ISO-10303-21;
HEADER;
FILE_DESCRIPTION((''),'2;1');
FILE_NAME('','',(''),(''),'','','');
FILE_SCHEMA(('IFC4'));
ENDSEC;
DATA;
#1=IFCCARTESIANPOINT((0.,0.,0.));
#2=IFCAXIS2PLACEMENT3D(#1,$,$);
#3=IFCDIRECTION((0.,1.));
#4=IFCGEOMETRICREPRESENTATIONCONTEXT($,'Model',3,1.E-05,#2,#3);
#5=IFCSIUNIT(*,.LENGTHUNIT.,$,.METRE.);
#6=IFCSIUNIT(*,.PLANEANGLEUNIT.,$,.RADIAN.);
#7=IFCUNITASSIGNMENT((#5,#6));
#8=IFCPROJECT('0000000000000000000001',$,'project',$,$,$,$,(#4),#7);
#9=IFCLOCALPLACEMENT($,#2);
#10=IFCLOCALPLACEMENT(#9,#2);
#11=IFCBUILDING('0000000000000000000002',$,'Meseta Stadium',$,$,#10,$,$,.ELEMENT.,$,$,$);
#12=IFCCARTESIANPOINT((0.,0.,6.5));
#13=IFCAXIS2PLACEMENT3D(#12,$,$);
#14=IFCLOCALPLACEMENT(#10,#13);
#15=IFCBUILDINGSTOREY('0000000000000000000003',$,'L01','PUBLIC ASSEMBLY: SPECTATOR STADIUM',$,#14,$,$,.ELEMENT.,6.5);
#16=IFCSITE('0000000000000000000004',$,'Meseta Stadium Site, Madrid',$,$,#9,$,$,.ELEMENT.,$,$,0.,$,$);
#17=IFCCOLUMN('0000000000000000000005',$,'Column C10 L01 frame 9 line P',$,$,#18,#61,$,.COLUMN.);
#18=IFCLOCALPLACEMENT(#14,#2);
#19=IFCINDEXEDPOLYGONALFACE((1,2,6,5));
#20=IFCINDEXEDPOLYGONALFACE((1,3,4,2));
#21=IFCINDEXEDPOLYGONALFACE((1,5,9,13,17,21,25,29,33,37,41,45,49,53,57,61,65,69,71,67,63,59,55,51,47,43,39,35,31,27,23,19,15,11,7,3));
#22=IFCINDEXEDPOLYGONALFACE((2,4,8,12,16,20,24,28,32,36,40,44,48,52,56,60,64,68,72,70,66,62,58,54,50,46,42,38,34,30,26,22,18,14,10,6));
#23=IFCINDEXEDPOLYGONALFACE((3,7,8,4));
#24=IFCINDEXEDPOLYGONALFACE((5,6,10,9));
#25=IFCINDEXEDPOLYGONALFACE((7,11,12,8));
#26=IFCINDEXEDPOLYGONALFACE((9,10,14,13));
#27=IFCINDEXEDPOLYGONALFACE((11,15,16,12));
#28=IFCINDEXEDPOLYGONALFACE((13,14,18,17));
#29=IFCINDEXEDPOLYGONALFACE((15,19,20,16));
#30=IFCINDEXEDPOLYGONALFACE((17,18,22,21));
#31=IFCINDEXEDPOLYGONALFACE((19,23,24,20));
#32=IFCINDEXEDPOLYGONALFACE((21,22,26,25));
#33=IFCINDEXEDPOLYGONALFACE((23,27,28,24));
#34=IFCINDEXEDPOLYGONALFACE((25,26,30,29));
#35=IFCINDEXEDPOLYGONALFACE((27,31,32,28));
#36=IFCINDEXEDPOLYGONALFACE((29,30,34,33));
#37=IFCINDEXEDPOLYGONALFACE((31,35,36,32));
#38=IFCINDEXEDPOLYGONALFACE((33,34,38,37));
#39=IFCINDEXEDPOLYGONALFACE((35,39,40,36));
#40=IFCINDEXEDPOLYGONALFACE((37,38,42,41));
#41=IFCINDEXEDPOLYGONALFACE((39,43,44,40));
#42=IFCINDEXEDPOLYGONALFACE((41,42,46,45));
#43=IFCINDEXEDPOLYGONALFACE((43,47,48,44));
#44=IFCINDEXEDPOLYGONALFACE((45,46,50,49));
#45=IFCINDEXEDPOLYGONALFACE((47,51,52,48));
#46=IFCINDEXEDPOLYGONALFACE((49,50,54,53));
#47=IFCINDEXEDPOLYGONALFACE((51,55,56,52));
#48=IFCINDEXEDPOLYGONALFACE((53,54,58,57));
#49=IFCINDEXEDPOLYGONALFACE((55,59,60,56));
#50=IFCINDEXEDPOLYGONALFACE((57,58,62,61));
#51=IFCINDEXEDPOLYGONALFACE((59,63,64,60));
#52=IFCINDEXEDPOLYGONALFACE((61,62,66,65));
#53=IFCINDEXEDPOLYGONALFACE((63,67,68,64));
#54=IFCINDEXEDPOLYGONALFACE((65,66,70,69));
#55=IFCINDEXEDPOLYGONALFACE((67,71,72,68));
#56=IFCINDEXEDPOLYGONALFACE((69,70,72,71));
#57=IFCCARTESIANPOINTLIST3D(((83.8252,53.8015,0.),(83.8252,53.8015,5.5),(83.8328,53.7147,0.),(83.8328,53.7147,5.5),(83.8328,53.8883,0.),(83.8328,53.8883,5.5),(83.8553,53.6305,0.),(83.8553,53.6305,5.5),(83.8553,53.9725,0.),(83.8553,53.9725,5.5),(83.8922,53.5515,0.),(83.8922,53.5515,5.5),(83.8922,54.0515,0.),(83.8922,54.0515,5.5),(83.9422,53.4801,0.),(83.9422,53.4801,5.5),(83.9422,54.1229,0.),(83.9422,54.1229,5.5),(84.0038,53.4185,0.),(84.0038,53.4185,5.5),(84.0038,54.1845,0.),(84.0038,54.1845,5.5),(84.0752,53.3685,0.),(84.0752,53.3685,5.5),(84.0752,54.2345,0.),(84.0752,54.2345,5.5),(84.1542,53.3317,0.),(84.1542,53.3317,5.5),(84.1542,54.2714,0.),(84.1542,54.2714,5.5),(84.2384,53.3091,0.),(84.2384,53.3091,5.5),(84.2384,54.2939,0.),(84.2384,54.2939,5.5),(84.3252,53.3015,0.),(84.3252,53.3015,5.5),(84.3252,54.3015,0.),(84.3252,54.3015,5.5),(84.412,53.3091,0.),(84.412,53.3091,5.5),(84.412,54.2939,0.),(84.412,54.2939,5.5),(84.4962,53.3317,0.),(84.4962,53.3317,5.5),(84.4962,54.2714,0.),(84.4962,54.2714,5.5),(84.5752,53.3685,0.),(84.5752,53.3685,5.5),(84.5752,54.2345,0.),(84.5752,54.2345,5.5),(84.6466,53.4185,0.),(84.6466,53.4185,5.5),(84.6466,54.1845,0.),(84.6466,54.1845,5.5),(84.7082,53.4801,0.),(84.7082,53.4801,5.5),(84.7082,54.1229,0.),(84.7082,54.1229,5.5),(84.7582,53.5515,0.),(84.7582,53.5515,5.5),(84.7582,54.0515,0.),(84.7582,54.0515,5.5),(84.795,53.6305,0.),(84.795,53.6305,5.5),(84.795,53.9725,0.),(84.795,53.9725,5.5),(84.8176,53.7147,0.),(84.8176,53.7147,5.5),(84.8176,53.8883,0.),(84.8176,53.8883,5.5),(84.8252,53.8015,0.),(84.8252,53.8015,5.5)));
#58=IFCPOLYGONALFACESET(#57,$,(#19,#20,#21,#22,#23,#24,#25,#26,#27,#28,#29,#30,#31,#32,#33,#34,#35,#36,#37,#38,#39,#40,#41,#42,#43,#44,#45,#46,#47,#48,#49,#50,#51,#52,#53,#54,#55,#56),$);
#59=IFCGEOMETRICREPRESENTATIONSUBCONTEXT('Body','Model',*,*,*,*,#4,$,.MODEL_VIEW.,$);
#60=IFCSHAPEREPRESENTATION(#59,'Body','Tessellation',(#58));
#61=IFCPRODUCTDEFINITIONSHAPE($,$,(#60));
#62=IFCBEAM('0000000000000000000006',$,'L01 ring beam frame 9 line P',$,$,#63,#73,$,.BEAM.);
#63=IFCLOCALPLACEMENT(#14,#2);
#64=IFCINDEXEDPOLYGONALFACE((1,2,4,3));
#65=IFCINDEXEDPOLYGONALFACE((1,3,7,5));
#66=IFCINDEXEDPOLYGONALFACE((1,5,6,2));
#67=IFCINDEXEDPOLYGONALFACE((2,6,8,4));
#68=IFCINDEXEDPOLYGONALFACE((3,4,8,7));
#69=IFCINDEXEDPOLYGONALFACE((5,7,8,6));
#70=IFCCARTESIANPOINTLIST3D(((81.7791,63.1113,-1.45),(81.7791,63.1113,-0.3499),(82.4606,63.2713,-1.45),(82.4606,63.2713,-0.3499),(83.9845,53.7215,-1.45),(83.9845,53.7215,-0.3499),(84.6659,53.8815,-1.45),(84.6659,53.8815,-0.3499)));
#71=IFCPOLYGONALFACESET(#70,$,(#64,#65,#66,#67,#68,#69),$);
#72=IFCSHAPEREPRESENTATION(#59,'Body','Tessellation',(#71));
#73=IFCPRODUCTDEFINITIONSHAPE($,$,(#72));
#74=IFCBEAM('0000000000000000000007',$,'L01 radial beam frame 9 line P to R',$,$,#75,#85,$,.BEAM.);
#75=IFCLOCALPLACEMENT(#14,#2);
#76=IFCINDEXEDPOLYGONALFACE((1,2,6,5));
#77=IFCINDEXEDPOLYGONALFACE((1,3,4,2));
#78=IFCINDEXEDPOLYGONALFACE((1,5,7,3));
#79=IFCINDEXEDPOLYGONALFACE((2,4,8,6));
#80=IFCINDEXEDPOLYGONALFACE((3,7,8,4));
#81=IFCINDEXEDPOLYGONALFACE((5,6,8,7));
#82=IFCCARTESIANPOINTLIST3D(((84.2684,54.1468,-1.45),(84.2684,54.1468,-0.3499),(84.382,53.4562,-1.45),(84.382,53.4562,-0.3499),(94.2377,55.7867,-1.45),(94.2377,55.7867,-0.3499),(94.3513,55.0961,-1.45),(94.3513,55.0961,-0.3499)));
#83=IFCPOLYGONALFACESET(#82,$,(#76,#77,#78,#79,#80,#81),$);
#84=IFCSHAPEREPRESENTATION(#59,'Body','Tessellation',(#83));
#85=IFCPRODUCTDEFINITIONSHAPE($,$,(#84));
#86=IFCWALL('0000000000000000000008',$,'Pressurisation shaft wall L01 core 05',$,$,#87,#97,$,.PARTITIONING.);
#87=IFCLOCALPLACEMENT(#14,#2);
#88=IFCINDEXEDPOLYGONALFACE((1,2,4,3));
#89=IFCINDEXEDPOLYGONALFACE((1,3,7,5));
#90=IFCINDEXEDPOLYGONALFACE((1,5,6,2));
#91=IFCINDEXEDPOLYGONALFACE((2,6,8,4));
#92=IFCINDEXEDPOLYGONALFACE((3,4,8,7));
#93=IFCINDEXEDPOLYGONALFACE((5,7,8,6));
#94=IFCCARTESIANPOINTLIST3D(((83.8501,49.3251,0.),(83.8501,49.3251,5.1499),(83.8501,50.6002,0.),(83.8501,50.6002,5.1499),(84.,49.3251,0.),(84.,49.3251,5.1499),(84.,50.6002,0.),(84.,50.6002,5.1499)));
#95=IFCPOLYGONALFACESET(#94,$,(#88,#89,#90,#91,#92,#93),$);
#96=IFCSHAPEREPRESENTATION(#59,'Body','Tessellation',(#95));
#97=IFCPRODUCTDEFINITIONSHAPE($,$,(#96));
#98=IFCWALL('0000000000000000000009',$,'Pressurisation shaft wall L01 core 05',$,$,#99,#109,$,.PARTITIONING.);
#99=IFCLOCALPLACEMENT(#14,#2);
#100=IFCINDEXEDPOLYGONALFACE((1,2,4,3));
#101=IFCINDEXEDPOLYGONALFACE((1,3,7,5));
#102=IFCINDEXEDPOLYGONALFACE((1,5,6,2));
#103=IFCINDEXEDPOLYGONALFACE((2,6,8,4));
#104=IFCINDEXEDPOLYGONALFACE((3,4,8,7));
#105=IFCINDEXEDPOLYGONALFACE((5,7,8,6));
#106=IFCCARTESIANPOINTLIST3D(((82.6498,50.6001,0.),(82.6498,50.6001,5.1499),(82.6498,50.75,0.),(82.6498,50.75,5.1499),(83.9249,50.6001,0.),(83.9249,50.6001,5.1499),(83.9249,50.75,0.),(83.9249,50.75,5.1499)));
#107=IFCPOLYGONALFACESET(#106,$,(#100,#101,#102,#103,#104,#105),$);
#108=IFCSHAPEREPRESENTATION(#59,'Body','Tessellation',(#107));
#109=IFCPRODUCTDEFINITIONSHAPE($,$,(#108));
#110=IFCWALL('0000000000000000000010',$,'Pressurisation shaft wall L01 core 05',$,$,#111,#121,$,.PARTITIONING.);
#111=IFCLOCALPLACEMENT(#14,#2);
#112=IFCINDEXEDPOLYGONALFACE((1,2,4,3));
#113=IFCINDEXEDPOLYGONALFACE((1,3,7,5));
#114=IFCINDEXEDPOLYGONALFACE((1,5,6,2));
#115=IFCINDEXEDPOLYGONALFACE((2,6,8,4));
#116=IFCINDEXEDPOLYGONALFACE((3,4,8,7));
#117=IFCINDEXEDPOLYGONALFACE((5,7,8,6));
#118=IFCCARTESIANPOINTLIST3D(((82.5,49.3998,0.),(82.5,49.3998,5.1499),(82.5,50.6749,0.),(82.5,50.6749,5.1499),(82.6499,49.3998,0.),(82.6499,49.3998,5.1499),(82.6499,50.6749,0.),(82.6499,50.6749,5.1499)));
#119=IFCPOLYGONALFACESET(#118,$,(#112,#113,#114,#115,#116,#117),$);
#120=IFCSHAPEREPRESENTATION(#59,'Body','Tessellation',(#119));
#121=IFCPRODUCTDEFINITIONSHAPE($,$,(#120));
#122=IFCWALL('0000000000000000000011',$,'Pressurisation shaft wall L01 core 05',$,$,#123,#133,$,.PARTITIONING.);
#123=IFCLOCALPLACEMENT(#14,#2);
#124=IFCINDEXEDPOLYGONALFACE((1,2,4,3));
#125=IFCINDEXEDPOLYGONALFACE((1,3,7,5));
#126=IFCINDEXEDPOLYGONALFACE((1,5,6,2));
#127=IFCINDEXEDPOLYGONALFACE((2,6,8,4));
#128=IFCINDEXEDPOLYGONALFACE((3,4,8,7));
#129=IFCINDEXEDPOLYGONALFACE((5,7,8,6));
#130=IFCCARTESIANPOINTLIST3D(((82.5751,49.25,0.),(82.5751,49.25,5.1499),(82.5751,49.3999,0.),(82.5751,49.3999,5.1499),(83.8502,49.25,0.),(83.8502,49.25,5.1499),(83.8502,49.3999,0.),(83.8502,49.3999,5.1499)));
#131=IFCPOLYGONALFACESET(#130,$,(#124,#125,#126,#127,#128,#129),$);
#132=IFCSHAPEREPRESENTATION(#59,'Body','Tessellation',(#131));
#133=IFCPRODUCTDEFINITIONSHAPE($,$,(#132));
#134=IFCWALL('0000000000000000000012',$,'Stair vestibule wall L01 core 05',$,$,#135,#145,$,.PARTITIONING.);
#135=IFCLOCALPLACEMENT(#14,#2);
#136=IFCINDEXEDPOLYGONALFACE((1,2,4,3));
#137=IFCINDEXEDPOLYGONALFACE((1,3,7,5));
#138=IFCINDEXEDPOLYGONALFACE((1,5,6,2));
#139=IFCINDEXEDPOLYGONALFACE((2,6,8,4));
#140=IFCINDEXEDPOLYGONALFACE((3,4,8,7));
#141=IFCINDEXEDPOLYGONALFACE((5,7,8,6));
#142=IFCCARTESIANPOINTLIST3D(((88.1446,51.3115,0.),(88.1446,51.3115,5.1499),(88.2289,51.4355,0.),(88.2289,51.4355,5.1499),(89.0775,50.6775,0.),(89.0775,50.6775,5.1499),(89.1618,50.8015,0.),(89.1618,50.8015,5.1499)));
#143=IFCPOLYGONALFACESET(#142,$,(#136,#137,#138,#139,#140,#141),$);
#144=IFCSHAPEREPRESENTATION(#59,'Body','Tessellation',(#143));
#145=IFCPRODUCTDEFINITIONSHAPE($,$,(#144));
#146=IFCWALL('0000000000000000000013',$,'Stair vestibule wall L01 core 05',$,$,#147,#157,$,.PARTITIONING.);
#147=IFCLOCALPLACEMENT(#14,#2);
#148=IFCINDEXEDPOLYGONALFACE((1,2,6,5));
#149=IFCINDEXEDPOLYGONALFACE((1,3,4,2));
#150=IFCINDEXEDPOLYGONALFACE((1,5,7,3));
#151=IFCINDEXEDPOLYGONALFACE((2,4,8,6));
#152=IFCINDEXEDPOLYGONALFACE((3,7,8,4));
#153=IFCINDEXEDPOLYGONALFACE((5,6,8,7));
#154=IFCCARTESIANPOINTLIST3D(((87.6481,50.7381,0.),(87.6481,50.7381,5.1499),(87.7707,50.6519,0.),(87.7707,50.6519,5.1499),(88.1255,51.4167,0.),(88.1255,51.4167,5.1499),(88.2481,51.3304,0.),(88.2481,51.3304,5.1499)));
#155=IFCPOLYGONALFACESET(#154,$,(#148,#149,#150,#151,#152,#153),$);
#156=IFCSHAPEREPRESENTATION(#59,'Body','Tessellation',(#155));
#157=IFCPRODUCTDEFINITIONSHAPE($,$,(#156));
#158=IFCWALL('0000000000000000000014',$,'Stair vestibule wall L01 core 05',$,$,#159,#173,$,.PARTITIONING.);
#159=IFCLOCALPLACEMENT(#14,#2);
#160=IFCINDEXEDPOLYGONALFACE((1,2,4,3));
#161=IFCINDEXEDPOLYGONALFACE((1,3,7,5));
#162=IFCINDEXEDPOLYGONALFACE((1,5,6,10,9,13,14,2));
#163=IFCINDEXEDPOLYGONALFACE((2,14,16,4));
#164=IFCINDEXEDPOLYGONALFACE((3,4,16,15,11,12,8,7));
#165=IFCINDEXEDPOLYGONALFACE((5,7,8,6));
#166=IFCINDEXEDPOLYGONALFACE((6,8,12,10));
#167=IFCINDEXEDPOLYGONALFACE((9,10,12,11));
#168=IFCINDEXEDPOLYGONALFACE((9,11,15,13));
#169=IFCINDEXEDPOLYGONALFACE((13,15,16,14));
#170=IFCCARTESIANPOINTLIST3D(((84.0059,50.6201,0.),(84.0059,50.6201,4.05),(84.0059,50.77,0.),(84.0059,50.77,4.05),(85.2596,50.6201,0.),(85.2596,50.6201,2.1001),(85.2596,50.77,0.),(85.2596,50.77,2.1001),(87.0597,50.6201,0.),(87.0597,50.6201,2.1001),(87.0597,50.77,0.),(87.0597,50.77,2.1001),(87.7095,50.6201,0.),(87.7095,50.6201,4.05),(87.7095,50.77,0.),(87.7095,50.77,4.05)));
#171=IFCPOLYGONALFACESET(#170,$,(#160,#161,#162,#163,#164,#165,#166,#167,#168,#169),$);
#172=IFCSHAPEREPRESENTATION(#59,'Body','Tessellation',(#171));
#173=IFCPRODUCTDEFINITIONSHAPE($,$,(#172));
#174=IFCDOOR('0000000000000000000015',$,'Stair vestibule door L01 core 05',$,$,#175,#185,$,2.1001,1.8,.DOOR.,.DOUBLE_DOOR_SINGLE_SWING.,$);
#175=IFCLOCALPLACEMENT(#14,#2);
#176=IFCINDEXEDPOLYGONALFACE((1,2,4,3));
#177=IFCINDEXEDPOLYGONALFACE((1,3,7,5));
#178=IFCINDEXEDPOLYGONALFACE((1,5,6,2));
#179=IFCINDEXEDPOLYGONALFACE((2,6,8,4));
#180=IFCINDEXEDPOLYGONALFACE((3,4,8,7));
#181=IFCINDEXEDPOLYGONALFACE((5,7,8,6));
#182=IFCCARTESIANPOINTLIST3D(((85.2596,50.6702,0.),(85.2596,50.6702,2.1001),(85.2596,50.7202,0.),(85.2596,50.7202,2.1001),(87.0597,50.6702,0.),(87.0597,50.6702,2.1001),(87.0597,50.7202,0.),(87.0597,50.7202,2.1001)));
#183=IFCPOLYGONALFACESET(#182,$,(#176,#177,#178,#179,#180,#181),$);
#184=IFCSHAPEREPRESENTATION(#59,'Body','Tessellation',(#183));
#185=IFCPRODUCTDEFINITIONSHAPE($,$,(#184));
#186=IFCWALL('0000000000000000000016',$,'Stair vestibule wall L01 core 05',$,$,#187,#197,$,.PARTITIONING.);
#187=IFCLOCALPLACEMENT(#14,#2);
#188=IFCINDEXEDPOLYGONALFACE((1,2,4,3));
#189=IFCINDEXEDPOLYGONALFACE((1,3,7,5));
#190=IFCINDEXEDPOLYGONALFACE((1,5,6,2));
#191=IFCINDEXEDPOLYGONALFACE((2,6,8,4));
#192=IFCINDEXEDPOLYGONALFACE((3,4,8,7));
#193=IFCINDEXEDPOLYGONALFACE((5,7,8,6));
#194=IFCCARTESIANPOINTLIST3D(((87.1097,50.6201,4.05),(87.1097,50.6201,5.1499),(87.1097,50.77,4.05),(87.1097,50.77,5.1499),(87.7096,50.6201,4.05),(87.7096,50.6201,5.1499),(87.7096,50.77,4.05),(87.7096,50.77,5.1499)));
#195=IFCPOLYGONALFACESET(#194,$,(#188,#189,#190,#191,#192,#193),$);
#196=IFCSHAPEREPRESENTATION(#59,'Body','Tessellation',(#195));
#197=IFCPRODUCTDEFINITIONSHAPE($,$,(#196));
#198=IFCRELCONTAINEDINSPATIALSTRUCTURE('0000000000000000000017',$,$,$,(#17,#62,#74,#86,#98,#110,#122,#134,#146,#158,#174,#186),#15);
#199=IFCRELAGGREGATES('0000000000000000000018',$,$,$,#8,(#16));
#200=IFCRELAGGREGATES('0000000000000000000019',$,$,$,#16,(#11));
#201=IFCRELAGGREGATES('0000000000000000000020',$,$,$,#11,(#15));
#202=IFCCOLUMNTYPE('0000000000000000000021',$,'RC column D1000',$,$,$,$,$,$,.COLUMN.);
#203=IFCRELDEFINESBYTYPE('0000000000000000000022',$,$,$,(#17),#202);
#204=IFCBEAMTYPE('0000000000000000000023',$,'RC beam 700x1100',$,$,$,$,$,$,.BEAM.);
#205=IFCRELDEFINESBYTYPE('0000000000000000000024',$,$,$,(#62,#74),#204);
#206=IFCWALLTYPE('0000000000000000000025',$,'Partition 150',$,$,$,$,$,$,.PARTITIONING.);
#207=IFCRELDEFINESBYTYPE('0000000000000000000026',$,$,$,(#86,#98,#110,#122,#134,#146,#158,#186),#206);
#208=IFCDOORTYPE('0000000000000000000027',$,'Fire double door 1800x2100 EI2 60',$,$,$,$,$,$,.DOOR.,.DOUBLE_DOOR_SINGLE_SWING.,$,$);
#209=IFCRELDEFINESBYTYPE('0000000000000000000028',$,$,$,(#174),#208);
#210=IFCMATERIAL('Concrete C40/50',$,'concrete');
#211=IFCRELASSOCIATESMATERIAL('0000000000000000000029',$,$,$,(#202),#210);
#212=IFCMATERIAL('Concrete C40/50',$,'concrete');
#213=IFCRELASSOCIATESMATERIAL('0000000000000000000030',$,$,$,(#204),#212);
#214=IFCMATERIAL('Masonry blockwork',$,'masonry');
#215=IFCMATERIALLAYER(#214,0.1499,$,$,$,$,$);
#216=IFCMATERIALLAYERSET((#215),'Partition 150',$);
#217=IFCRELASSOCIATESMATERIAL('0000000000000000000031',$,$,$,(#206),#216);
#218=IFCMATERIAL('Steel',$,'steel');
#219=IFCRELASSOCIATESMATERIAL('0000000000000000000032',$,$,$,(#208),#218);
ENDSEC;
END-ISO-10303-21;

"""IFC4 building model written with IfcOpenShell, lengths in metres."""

from ifc_helpers import new_model, si_unit, direction, frame, frame_2d, origin, origin_2d, place, context, subcontext, project, spatial, rectangle, circle, extrude, material, layer, layer_set, material_profile, profile_set, type_object, element, fill, save


model = new_model("IFC4")

# Units and contexts
model_context = context("Model", 3, precision=1e-05, world=origin(), true_north=direction((0.0, 1.0)))
body_context = subcontext(model_context, "Body", "Model", "MODEL_VIEW")
ifc_project = project(units=[si_unit("LENGTHUNIT", "METRE"), si_unit("PLANEANGLEUNIT", "RADIAN")], contexts=[model_context])

# Site, building, storey
site_placement = place(None, origin())
site = spatial("IfcSite", under=ifc_project, at=site_placement, Name="Meseta Stadium Site, Madrid", CompositionType="ELEMENT", RefElevation=0.0)
building_placement = place(site_placement, origin())
building = spatial("IfcBuilding", under=site, at=building_placement, Name="Meseta Stadium", CompositionType="ELEMENT")
storey_placement = place(building_placement, frame((0.0, 0.0, 6.5)))
storey = spatial("IfcBuildingStorey", under=building, at=storey_placement, Name="L01", Description="PUBLIC ASSEMBLY: SPECTATOR STADIUM", CompositionType="ELEMENT", Elevation=6.5)

# Column
ifc_material_1 = material(Name="Concrete C40/50", Category="concrete")
ifc_material_profile_1 = material_profile(ifc_material_1, circle(Radius=0.5, at=origin_2d()), Name="RC D1000")
ifc_profile_set_1 = profile_set([ifc_material_profile_1], Name="Concrete C40/50")
column_type = type_object("IfcColumnType", Name="RC column D1000", PredefinedType="COLUMN", material=ifc_profile_set_1)
column_placement = place(storey_placement, frame((84.3252, 53.8015, 0.0), z_axis=(0.0, 0.0, 1.0), x_axis=(1.0, 0.0, 0.0)))
element("IfcColumn", 1, at=column_placement, inside=storey, type_object=column_type, Name="Column C10 L01 frame 9 line P", PredefinedType="COLUMN", context=body_context, shape_type="SweptSolid", body=[
    extrude(circle(Radius=0.5, at=origin_2d()), origin(), (0.0, 0.0, 1.0), 5.5),
])

# Beams
ifc_material_2 = material(Name="Concrete C40/50", Category="concrete")
ifc_material_profile_2 = material_profile(ifc_material_2, rectangle(XDim=0.7, YDim=1.1001, at=origin_2d()), Name="RC 700x1100")
ifc_profile_set_2 = profile_set([ifc_material_profile_2], Name="Concrete C40/50")
beam_type = type_object("IfcBeamType", Name="RC beam 700x1100", PredefinedType="BEAM", material=ifc_profile_set_2)
beam_1_placement = place(storey_placement, frame((84.3252, 53.8015, -0.8999), z_axis=(-0.228646, 0.97351, 0.0), x_axis=(-0.97351, -0.228646, 0.0)))
element("IfcBeam", 2, at=beam_1_placement, inside=storey, type_object=beam_type, Name="L01 ring beam frame 9 line P", PredefinedType="BEAM", context=body_context, shape_type="SweptSolid", body=[
    extrude(rectangle(XDim=0.7, YDim=1.1001, at=origin_2d()), origin(), (0.0, 0.0, 1.0), 9.6453),
])
beam_2_placement = place(storey_placement, frame((84.3252, 53.8015, -0.8999), z_axis=(0.986739, 0.162314, 0.0), x_axis=(-0.162314, 0.986739, 0.0)))
element("IfcBeam", 3, at=beam_2_placement, inside=storey, type_object=beam_type, Name="L01 radial beam frame 9 line P to R", PredefinedType="BEAM", context=body_context, shape_type="SweptSolid", body=[
    extrude(rectangle(XDim=0.7, YDim=1.1001, at=origin_2d()), origin(), (0.0, 0.0, 1.0), 10.1033),
])

# Walls
ifc_material_3 = material(Name="Masonry blockwork", Category="masonry")
ifc_layer = layer(ifc_material_3, 0.1499)
ifc_layer_set = layer_set([ifc_layer], Name="Partition 150")
wall_type = type_object("IfcWallType", Name="Partition 150", PredefinedType="PARTITIONING", material=ifc_layer_set)
for number, where, z_axis, x_axis, name in (
    (4, (83.925, 49.325, 0.0), (0.0, 0.0, 1.0), (0.0, 1.0, 0.0), "Pressurisation shaft wall L01 core 05"),
    (5, (83.925, 50.675, 0.0), (0.0, 0.0, 1.0), (-1.0, 0.0, 0.0), "Pressurisation shaft wall L01 core 05"),
    (6, (82.575, 50.675, 0.0), (0.0, 0.0, 1.0), (0.0, -1.0, 0.0), "Pressurisation shaft wall L01 core 05"),
    (7, (82.575, 49.325, 0.0), (0.0, 0.0, 1.0), (1.0, 0.0, 0.0), "Pressurisation shaft wall L01 core 05"),
):
    element("IfcWall", number, at=place(storey_placement, frame(where, z_axis=z_axis, x_axis=x_axis)), inside=storey, type_object=wall_type, Name=name, PredefinedType="PARTITIONING", context=body_context, shape_type="SweptSolid", body=[
        extrude(rectangle(XDim=1.2751, YDim=0.1499, at=frame_2d((0.6377, 0.0))), origin(), (0.0, 0.0, 1.0), 5.1499),
    ])
wall_1_placement = place(storey_placement, frame((89.1196, 50.7395, 0.0), z_axis=(0.0, 0.0, 1.0), x_axis=(-0.827055, 0.562121, 0.0)))
element("IfcWall", 8, at=wall_1_placement, inside=storey, type_object=wall_type, Name="Stair vestibule wall L01 core 05", PredefinedType="PARTITIONING", context=body_context, shape_type="SweptSolid", body=[
    extrude(rectangle(XDim=1.1279, YDim=0.1499, at=frame_2d((0.564, 0.0))), origin(), (0.0, 0.0, 1.0), 5.1499),
])
wall_2_placement = place(storey_placement, frame((88.1868, 51.3735, 0.0), z_axis=(0.0, 0.0, 1.0), x_axis=(-0.575377, -0.817888, 0.0)))
element("IfcWall", 9, at=wall_2_placement, inside=storey, type_object=wall_type, Name="Stair vestibule wall L01 core 05", PredefinedType="PARTITIONING", context=body_context, shape_type="SweptSolid", body=[
    extrude(rectangle(XDim=0.8296, YDim=0.1499, at=frame_2d((0.4148, 0.0))), origin(), (0.0, 0.0, 1.0), 5.1499),
])

# Wall, opening, door
wall_3_placement = place(storey_placement, frame((87.7095, 50.6951, 0.0), z_axis=(0.0, 0.0, 1.0), x_axis=(-1.0, 0.0, 0.0)))
wall_3 = element("IfcWall", 10, at=wall_3_placement, inside=storey, type_object=wall_type, Name="Stair vestibule wall L01 core 05", PredefinedType="PARTITIONING", context=body_context, shape_type="SweptSolid", body=[
    extrude(rectangle(XDim=3.7036, YDim=0.1499, at=frame_2d((1.8518, 0.0))), origin(), (0.0, 0.0, 1.0), 4.05),
])
opening_placement = place(wall_3_placement, frame((0.6499, 0.0, 0.0)))
opening = element("IfcOpeningElement", 11, at=opening_placement, cuts=wall_3, PredefinedType="OPENING", context=body_context, shape_type="SweptSolid", body=[
    extrude(rectangle(XDim=1.8, YDim=2.1001, at=frame_2d((0.8999, 1.05))), frame((0.0, 0.085, 0.0), z_axis=(0.0, -1.0, 0.0), x_axis=(1.0, 0.0, 0.0)), (0.0, 0.0, 1.0), 0.1699),
])
ifc_material_4 = material(Name="Steel", Category="steel")
door_type = type_object("IfcDoorType", Name="Fire double door 1800x2100 EI2 60", OperationType="DOUBLE_DOOR_SINGLE_SWING", PredefinedType="DOOR", material=ifc_material_4)
door_placement = place(opening_placement, origin())
door = element("IfcDoor", 12, at=door_placement, inside=storey, type_object=door_type, Name="Stair vestibule door L01 core 05", OperationType="DOUBLE_DOOR_SINGLE_SWING", OverallHeight=2.1001, OverallWidth=1.8, PredefinedType="DOOR", context=body_context, shape_type="SweptSolid", body=[
    extrude(rectangle(XDim=1.8, YDim=2.1001, at=frame_2d((0.8999, 1.05))), frame((0.0, 0.0249, 0.0), z_axis=(0.0, -1.0, 0.0), x_axis=(1.0, 0.0, 0.0)), (0.0, 0.0, 1.0), 0.05),
])
fill(opening, door)

# Wall
wall_4_placement = place(storey_placement, frame((87.7095, 50.6951, 4.05), z_axis=(0.0, 0.0, 1.0), x_axis=(-1.0, 0.0, 0.0)))
element("IfcWall", 13, at=wall_4_placement, inside=storey, type_object=wall_type, Name="Stair vestibule wall L01 core 05", PredefinedType="PARTITIONING", context=body_context, shape_type="SweptSolid", body=[
    extrude(rectangle(XDim=0.5999, YDim=0.1499, at=frame_2d((0.2998, 0.0))), origin(), (0.0, 0.0, 1.0), 1.0999),
])

save(model, "model.ifc")
